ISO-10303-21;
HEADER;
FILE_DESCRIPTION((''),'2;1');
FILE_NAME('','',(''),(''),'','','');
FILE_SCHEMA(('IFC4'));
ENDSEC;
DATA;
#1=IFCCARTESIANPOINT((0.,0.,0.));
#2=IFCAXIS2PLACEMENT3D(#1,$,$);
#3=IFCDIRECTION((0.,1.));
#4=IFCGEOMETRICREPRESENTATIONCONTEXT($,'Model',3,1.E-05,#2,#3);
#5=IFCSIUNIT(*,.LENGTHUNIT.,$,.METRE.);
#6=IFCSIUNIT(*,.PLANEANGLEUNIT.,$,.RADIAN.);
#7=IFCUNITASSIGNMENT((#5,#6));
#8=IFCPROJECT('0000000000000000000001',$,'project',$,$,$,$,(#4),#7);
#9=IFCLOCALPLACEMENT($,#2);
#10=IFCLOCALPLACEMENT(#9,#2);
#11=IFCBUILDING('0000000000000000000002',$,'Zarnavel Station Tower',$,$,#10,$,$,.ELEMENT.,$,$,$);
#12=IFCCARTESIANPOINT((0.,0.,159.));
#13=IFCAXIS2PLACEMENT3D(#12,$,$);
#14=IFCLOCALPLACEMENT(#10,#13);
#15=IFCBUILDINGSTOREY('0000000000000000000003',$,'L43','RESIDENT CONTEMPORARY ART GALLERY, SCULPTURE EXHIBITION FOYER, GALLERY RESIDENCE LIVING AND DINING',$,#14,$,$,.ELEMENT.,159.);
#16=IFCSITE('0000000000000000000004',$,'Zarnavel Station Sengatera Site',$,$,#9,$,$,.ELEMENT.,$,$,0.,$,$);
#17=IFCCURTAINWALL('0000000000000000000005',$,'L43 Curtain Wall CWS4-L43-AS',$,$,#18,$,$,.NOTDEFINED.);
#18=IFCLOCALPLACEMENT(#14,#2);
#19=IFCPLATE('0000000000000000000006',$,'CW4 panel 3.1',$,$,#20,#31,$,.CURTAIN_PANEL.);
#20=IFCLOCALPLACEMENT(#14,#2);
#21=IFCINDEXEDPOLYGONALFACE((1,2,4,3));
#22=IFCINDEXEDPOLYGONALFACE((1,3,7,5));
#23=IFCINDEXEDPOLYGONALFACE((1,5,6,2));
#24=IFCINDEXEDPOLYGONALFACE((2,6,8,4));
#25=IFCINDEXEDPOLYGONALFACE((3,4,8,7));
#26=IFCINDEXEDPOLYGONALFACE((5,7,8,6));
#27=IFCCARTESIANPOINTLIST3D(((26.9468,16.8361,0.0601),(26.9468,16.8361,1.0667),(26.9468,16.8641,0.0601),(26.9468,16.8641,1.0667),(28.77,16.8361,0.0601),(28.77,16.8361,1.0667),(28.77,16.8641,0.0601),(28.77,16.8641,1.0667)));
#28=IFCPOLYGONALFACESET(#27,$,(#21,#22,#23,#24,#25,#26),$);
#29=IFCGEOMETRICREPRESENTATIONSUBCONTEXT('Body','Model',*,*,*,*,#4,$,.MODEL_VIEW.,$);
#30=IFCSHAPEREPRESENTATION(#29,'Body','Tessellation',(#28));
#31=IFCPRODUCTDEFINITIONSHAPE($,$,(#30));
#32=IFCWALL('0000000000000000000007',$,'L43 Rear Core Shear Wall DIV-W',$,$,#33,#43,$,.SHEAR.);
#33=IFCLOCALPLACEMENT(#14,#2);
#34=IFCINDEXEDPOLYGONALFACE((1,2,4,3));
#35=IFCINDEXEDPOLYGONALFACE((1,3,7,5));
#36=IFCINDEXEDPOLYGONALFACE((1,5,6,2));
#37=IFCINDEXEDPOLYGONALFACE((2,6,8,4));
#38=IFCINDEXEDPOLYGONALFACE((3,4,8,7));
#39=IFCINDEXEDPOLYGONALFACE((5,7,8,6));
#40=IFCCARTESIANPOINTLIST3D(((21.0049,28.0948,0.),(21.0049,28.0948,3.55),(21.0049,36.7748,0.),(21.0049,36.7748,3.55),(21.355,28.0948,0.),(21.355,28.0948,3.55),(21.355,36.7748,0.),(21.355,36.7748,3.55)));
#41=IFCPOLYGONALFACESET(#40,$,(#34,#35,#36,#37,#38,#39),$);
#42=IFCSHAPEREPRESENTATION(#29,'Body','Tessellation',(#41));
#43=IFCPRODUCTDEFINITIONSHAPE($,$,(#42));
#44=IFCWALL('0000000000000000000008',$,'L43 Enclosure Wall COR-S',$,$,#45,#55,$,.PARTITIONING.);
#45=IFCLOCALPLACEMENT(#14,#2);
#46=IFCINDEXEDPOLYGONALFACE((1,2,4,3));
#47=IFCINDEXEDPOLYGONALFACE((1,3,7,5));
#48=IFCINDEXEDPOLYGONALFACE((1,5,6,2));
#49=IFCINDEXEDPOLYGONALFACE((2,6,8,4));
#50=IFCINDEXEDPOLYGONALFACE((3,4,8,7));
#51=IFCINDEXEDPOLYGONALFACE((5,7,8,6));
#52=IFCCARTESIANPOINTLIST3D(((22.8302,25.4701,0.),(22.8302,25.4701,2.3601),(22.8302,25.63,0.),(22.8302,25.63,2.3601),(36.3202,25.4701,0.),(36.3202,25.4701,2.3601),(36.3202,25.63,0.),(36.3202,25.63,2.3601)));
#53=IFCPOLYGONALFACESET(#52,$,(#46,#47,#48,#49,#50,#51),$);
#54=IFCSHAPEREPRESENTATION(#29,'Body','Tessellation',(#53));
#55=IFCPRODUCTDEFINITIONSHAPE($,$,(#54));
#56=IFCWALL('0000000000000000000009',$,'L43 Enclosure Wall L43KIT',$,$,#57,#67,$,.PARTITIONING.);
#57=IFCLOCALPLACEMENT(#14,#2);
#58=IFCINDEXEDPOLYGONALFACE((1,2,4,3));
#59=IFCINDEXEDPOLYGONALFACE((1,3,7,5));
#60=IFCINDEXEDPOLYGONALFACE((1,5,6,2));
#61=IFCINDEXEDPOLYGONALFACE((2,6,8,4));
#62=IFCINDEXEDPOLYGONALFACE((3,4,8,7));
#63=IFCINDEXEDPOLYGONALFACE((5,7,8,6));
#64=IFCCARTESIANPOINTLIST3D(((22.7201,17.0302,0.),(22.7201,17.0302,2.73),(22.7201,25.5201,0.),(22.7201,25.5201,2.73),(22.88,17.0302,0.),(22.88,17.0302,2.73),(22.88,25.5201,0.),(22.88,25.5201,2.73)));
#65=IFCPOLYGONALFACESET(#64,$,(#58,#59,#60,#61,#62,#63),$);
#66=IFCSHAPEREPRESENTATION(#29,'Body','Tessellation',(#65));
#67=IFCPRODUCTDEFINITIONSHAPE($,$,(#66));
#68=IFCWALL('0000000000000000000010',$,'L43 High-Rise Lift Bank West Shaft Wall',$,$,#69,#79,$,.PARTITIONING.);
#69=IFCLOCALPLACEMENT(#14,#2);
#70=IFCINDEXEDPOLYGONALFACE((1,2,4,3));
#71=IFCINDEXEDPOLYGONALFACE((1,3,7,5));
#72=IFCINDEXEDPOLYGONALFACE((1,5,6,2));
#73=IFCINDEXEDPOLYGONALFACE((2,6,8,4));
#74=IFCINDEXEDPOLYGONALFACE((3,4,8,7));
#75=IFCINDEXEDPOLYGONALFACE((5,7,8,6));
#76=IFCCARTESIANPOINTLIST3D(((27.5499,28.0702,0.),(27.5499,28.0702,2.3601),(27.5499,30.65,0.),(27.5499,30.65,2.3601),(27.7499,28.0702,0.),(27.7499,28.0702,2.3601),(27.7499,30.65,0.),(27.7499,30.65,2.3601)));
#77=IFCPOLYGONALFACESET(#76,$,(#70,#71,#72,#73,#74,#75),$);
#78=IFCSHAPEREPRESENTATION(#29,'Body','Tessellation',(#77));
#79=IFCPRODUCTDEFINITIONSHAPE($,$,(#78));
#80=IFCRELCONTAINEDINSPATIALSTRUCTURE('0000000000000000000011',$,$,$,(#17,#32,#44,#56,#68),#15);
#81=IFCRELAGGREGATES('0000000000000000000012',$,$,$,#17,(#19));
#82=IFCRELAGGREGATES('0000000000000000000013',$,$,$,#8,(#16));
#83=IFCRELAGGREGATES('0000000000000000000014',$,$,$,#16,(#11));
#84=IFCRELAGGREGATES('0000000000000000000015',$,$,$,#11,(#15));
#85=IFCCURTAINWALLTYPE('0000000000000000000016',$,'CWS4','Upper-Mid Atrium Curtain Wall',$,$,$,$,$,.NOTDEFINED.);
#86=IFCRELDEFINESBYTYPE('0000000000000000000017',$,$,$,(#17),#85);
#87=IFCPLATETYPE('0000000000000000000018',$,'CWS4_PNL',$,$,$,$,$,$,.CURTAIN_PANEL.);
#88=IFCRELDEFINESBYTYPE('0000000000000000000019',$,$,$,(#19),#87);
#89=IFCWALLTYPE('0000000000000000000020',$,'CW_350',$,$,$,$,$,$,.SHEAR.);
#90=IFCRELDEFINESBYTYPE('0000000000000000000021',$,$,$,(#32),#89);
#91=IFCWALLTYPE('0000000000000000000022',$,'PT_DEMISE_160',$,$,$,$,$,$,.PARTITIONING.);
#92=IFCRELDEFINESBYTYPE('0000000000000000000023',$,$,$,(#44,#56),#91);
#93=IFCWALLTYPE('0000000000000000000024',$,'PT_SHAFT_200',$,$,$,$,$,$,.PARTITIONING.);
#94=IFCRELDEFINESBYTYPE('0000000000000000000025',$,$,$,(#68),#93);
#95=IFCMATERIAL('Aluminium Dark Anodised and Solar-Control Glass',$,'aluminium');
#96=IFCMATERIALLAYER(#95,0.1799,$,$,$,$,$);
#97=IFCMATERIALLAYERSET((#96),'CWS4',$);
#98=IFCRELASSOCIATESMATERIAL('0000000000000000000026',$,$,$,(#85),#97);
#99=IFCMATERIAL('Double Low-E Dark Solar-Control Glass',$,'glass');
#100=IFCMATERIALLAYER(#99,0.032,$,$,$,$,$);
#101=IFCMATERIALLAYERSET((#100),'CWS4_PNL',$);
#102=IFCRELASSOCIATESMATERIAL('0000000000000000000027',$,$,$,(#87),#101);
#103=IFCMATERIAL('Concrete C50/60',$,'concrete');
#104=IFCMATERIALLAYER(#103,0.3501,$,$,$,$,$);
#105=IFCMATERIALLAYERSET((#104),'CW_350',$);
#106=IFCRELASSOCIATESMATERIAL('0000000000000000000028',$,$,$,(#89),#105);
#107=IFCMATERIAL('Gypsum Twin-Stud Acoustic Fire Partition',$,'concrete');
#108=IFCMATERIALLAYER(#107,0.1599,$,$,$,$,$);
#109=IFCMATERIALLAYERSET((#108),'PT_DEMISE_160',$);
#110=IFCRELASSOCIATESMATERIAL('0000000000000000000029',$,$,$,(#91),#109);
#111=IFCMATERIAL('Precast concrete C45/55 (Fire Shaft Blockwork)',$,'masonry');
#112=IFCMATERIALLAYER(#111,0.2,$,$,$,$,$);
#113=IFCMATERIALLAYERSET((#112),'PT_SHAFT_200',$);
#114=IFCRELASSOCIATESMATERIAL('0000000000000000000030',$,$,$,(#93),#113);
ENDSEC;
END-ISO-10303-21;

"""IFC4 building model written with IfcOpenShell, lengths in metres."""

from ifc_helpers import new_model, si_unit, direction, frame, frame_2d, origin, origin_2d, place, context, subcontext, project, spatial, rectangle, extrude, material, layer, layer_set, type_object, element, aggregate, save


model = new_model("IFC4")

# Units and contexts
model_context = context("Model", 3, precision=1e-05, world=origin(), true_north=direction((0.0, 1.0)))
body_context = subcontext(model_context, "Body", "Model", "MODEL_VIEW")
ifc_project = project(units=[si_unit("LENGTHUNIT", "METRE"), si_unit("PLANEANGLEUNIT", "RADIAN")], contexts=[model_context])

# Site, building, storey
site_placement = place(None, origin())
site = spatial("IfcSite", under=ifc_project, at=site_placement, Name="Zarnavel Station Sengatera Site", CompositionType="ELEMENT", RefElevation=0.0)
building_placement = place(site_placement, origin())
building = spatial("IfcBuilding", under=site, at=building_placement, Name="Zarnavel Station Tower", CompositionType="ELEMENT")
storey_placement = place(building_placement, frame((0.0, 0.0, 159.0)))
storey = spatial("IfcBuildingStorey", under=building, at=storey_placement, Name="L43", Description="RESIDENT CONTEMPORARY ART GALLERY, SCULPTURE EXHIBITION FOYER, GALLERY RESIDENCE LIVING AND DINING", CompositionType="ELEMENT", Elevation=159.0)

# Curtain wall, plate
ifc_material_1 = material(Name="Aluminium Dark Anodised and Solar-Control Glass", Category="aluminium")
ifc_layer_1 = layer(ifc_material_1, 0.1799)
ifc_layer_set_1 = layer_set([ifc_layer_1], Name="CWS4")
curtain_wall_type = type_object("IfcCurtainWallType", Name="CWS4", Description="Upper-Mid Atrium Curtain Wall", PredefinedType="NOTDEFINED", material=ifc_layer_set_1)
curtain_wall_placement = place(storey_placement, origin())
curtain_wall = element("IfcCurtainWall", 1, at=curtain_wall_placement, inside=storey, type_object=curtain_wall_type, Name="L43 Curtain Wall CWS4-L43-AS", PredefinedType="NOTDEFINED")
ifc_material_2 = material(Name="Double Low-E Dark Solar-Control Glass", Category="glass")
ifc_layer_2 = layer(ifc_material_2, 0.032)
ifc_layer_set_2 = layer_set([ifc_layer_2], Name="CWS4_PNL")
plate_type = type_object("IfcPlateType", Name="CWS4_PNL", PredefinedType="CURTAIN_PANEL", material=ifc_layer_set_2)
plate_placement = place(storey_placement, frame((27.8584, 16.8501, 0.0601), z_axis=(0.0, 0.0, 1.0), x_axis=(1.0, 0.0, 0.0)))
plate = element("IfcPlate", 2, at=plate_placement, type_object=plate_type, Name="CW4 panel 3.1", PredefinedType="CURTAIN_PANEL", context=body_context, shape_type="SweptSolid", body=[
    extrude(rectangle(XDim=1.8232, YDim=0.0281, at=origin_2d()), origin(), (0.0, 0.0, 1.0), 1.0066),
])
aggregate(curtain_wall, [plate])

# Wall
ifc_material_3 = material(Name="Concrete C50/60", Category="concrete")
ifc_layer_3 = layer(ifc_material_3, 0.3501)
ifc_layer_set_3 = layer_set([ifc_layer_3], Name="CW_350")
wall_type_1 = type_object("IfcWallType", Name="CW_350", PredefinedType="SHEAR", material=ifc_layer_set_3)
wall_1_placement = place(storey_placement, frame((21.1799, 28.095, 0.0), z_axis=(0.0, 0.0, 1.0), x_axis=(0.0, 1.0, 0.0)))
element("IfcWall", 3, at=wall_1_placement, inside=storey, type_object=wall_type_1, Name="L43 Rear Core Shear Wall DIV-W", PredefinedType="SHEAR", context=body_context, shape_type="SweptSolid", body=[
    extrude(rectangle(XDim=8.6799, YDim=0.3501, at=frame_2d((4.3398, 0.0))), origin(), (0.0, 0.0, 1.0), 3.55),
])

# Walls
ifc_material_4 = material(Name="Gypsum Twin-Stud Acoustic Fire Partition", Category="concrete")
ifc_layer_4 = layer(ifc_material_4, 0.1599)
ifc_layer_set_4 = layer_set([ifc_layer_4], Name="PT_DEMISE_160")
wall_type_2 = type_object("IfcWallType", Name="PT_DEMISE_160", PredefinedType="PARTITIONING", material=ifc_layer_set_4)
wall_2_placement = place(storey_placement, frame((22.8301, 25.55, 0.0), z_axis=(0.0, 0.0, 1.0), x_axis=(1.0, 0.0, 0.0)))
element("IfcWall", 4, at=wall_2_placement, inside=storey, type_object=wall_type_2, Name="L43 Enclosure Wall COR-S", PredefinedType="PARTITIONING", context=body_context, shape_type="SweptSolid", body=[
    extrude(rectangle(XDim=13.49, YDim=0.1599, at=frame_2d((6.7451, 0.0))), origin(), (0.0, 0.0, 1.0), 2.3601),
])
wall_3_placement = place(storey_placement, frame((22.8, 17.03, 0.0), z_axis=(0.0, 0.0, 1.0), x_axis=(0.0, 1.0, 0.0)))
element("IfcWall", 5, at=wall_3_placement, inside=storey, type_object=wall_type_2, Name="L43 Enclosure Wall L43KIT", PredefinedType="PARTITIONING", context=body_context, shape_type="SweptSolid", body=[
    extrude(rectangle(XDim=8.49, YDim=0.1599, at=frame_2d((4.2451, 0.0))), origin(), (0.0, 0.0, 1.0), 2.73),
])

# Shared definitions
ifc_material_5 = material(Name="Precast concrete C45/55 (Fire Shaft Blockwork)", Category="masonry")
ifc_layer_5 = layer(ifc_material_5, 0.2)
ifc_layer_set_5 = layer_set([ifc_layer_5], Name="PT_SHAFT_200")
wall_type_3 = type_object("IfcWallType", Name="PT_SHAFT_200", PredefinedType="PARTITIONING", material=ifc_layer_set_5)

# Wall
wall_4_placement = place(storey_placement, frame((27.6499, 28.0701, 0.0), z_axis=(0.0, 0.0, 1.0), x_axis=(0.0, 1.0, 0.0)))
element("IfcWall", 6, at=wall_4_placement, inside=storey, type_object=wall_type_3, Name="L43 High-Rise Lift Bank West Shaft Wall", PredefinedType="PARTITIONING", context=body_context, shape_type="SweptSolid", body=[
    extrude(rectangle(XDim=2.5798, YDim=0.2, at=frame_2d((1.29, 0.0))), origin(), (0.0, 0.0, 1.0), 2.3601),
])

save(model, "model.ifc")
